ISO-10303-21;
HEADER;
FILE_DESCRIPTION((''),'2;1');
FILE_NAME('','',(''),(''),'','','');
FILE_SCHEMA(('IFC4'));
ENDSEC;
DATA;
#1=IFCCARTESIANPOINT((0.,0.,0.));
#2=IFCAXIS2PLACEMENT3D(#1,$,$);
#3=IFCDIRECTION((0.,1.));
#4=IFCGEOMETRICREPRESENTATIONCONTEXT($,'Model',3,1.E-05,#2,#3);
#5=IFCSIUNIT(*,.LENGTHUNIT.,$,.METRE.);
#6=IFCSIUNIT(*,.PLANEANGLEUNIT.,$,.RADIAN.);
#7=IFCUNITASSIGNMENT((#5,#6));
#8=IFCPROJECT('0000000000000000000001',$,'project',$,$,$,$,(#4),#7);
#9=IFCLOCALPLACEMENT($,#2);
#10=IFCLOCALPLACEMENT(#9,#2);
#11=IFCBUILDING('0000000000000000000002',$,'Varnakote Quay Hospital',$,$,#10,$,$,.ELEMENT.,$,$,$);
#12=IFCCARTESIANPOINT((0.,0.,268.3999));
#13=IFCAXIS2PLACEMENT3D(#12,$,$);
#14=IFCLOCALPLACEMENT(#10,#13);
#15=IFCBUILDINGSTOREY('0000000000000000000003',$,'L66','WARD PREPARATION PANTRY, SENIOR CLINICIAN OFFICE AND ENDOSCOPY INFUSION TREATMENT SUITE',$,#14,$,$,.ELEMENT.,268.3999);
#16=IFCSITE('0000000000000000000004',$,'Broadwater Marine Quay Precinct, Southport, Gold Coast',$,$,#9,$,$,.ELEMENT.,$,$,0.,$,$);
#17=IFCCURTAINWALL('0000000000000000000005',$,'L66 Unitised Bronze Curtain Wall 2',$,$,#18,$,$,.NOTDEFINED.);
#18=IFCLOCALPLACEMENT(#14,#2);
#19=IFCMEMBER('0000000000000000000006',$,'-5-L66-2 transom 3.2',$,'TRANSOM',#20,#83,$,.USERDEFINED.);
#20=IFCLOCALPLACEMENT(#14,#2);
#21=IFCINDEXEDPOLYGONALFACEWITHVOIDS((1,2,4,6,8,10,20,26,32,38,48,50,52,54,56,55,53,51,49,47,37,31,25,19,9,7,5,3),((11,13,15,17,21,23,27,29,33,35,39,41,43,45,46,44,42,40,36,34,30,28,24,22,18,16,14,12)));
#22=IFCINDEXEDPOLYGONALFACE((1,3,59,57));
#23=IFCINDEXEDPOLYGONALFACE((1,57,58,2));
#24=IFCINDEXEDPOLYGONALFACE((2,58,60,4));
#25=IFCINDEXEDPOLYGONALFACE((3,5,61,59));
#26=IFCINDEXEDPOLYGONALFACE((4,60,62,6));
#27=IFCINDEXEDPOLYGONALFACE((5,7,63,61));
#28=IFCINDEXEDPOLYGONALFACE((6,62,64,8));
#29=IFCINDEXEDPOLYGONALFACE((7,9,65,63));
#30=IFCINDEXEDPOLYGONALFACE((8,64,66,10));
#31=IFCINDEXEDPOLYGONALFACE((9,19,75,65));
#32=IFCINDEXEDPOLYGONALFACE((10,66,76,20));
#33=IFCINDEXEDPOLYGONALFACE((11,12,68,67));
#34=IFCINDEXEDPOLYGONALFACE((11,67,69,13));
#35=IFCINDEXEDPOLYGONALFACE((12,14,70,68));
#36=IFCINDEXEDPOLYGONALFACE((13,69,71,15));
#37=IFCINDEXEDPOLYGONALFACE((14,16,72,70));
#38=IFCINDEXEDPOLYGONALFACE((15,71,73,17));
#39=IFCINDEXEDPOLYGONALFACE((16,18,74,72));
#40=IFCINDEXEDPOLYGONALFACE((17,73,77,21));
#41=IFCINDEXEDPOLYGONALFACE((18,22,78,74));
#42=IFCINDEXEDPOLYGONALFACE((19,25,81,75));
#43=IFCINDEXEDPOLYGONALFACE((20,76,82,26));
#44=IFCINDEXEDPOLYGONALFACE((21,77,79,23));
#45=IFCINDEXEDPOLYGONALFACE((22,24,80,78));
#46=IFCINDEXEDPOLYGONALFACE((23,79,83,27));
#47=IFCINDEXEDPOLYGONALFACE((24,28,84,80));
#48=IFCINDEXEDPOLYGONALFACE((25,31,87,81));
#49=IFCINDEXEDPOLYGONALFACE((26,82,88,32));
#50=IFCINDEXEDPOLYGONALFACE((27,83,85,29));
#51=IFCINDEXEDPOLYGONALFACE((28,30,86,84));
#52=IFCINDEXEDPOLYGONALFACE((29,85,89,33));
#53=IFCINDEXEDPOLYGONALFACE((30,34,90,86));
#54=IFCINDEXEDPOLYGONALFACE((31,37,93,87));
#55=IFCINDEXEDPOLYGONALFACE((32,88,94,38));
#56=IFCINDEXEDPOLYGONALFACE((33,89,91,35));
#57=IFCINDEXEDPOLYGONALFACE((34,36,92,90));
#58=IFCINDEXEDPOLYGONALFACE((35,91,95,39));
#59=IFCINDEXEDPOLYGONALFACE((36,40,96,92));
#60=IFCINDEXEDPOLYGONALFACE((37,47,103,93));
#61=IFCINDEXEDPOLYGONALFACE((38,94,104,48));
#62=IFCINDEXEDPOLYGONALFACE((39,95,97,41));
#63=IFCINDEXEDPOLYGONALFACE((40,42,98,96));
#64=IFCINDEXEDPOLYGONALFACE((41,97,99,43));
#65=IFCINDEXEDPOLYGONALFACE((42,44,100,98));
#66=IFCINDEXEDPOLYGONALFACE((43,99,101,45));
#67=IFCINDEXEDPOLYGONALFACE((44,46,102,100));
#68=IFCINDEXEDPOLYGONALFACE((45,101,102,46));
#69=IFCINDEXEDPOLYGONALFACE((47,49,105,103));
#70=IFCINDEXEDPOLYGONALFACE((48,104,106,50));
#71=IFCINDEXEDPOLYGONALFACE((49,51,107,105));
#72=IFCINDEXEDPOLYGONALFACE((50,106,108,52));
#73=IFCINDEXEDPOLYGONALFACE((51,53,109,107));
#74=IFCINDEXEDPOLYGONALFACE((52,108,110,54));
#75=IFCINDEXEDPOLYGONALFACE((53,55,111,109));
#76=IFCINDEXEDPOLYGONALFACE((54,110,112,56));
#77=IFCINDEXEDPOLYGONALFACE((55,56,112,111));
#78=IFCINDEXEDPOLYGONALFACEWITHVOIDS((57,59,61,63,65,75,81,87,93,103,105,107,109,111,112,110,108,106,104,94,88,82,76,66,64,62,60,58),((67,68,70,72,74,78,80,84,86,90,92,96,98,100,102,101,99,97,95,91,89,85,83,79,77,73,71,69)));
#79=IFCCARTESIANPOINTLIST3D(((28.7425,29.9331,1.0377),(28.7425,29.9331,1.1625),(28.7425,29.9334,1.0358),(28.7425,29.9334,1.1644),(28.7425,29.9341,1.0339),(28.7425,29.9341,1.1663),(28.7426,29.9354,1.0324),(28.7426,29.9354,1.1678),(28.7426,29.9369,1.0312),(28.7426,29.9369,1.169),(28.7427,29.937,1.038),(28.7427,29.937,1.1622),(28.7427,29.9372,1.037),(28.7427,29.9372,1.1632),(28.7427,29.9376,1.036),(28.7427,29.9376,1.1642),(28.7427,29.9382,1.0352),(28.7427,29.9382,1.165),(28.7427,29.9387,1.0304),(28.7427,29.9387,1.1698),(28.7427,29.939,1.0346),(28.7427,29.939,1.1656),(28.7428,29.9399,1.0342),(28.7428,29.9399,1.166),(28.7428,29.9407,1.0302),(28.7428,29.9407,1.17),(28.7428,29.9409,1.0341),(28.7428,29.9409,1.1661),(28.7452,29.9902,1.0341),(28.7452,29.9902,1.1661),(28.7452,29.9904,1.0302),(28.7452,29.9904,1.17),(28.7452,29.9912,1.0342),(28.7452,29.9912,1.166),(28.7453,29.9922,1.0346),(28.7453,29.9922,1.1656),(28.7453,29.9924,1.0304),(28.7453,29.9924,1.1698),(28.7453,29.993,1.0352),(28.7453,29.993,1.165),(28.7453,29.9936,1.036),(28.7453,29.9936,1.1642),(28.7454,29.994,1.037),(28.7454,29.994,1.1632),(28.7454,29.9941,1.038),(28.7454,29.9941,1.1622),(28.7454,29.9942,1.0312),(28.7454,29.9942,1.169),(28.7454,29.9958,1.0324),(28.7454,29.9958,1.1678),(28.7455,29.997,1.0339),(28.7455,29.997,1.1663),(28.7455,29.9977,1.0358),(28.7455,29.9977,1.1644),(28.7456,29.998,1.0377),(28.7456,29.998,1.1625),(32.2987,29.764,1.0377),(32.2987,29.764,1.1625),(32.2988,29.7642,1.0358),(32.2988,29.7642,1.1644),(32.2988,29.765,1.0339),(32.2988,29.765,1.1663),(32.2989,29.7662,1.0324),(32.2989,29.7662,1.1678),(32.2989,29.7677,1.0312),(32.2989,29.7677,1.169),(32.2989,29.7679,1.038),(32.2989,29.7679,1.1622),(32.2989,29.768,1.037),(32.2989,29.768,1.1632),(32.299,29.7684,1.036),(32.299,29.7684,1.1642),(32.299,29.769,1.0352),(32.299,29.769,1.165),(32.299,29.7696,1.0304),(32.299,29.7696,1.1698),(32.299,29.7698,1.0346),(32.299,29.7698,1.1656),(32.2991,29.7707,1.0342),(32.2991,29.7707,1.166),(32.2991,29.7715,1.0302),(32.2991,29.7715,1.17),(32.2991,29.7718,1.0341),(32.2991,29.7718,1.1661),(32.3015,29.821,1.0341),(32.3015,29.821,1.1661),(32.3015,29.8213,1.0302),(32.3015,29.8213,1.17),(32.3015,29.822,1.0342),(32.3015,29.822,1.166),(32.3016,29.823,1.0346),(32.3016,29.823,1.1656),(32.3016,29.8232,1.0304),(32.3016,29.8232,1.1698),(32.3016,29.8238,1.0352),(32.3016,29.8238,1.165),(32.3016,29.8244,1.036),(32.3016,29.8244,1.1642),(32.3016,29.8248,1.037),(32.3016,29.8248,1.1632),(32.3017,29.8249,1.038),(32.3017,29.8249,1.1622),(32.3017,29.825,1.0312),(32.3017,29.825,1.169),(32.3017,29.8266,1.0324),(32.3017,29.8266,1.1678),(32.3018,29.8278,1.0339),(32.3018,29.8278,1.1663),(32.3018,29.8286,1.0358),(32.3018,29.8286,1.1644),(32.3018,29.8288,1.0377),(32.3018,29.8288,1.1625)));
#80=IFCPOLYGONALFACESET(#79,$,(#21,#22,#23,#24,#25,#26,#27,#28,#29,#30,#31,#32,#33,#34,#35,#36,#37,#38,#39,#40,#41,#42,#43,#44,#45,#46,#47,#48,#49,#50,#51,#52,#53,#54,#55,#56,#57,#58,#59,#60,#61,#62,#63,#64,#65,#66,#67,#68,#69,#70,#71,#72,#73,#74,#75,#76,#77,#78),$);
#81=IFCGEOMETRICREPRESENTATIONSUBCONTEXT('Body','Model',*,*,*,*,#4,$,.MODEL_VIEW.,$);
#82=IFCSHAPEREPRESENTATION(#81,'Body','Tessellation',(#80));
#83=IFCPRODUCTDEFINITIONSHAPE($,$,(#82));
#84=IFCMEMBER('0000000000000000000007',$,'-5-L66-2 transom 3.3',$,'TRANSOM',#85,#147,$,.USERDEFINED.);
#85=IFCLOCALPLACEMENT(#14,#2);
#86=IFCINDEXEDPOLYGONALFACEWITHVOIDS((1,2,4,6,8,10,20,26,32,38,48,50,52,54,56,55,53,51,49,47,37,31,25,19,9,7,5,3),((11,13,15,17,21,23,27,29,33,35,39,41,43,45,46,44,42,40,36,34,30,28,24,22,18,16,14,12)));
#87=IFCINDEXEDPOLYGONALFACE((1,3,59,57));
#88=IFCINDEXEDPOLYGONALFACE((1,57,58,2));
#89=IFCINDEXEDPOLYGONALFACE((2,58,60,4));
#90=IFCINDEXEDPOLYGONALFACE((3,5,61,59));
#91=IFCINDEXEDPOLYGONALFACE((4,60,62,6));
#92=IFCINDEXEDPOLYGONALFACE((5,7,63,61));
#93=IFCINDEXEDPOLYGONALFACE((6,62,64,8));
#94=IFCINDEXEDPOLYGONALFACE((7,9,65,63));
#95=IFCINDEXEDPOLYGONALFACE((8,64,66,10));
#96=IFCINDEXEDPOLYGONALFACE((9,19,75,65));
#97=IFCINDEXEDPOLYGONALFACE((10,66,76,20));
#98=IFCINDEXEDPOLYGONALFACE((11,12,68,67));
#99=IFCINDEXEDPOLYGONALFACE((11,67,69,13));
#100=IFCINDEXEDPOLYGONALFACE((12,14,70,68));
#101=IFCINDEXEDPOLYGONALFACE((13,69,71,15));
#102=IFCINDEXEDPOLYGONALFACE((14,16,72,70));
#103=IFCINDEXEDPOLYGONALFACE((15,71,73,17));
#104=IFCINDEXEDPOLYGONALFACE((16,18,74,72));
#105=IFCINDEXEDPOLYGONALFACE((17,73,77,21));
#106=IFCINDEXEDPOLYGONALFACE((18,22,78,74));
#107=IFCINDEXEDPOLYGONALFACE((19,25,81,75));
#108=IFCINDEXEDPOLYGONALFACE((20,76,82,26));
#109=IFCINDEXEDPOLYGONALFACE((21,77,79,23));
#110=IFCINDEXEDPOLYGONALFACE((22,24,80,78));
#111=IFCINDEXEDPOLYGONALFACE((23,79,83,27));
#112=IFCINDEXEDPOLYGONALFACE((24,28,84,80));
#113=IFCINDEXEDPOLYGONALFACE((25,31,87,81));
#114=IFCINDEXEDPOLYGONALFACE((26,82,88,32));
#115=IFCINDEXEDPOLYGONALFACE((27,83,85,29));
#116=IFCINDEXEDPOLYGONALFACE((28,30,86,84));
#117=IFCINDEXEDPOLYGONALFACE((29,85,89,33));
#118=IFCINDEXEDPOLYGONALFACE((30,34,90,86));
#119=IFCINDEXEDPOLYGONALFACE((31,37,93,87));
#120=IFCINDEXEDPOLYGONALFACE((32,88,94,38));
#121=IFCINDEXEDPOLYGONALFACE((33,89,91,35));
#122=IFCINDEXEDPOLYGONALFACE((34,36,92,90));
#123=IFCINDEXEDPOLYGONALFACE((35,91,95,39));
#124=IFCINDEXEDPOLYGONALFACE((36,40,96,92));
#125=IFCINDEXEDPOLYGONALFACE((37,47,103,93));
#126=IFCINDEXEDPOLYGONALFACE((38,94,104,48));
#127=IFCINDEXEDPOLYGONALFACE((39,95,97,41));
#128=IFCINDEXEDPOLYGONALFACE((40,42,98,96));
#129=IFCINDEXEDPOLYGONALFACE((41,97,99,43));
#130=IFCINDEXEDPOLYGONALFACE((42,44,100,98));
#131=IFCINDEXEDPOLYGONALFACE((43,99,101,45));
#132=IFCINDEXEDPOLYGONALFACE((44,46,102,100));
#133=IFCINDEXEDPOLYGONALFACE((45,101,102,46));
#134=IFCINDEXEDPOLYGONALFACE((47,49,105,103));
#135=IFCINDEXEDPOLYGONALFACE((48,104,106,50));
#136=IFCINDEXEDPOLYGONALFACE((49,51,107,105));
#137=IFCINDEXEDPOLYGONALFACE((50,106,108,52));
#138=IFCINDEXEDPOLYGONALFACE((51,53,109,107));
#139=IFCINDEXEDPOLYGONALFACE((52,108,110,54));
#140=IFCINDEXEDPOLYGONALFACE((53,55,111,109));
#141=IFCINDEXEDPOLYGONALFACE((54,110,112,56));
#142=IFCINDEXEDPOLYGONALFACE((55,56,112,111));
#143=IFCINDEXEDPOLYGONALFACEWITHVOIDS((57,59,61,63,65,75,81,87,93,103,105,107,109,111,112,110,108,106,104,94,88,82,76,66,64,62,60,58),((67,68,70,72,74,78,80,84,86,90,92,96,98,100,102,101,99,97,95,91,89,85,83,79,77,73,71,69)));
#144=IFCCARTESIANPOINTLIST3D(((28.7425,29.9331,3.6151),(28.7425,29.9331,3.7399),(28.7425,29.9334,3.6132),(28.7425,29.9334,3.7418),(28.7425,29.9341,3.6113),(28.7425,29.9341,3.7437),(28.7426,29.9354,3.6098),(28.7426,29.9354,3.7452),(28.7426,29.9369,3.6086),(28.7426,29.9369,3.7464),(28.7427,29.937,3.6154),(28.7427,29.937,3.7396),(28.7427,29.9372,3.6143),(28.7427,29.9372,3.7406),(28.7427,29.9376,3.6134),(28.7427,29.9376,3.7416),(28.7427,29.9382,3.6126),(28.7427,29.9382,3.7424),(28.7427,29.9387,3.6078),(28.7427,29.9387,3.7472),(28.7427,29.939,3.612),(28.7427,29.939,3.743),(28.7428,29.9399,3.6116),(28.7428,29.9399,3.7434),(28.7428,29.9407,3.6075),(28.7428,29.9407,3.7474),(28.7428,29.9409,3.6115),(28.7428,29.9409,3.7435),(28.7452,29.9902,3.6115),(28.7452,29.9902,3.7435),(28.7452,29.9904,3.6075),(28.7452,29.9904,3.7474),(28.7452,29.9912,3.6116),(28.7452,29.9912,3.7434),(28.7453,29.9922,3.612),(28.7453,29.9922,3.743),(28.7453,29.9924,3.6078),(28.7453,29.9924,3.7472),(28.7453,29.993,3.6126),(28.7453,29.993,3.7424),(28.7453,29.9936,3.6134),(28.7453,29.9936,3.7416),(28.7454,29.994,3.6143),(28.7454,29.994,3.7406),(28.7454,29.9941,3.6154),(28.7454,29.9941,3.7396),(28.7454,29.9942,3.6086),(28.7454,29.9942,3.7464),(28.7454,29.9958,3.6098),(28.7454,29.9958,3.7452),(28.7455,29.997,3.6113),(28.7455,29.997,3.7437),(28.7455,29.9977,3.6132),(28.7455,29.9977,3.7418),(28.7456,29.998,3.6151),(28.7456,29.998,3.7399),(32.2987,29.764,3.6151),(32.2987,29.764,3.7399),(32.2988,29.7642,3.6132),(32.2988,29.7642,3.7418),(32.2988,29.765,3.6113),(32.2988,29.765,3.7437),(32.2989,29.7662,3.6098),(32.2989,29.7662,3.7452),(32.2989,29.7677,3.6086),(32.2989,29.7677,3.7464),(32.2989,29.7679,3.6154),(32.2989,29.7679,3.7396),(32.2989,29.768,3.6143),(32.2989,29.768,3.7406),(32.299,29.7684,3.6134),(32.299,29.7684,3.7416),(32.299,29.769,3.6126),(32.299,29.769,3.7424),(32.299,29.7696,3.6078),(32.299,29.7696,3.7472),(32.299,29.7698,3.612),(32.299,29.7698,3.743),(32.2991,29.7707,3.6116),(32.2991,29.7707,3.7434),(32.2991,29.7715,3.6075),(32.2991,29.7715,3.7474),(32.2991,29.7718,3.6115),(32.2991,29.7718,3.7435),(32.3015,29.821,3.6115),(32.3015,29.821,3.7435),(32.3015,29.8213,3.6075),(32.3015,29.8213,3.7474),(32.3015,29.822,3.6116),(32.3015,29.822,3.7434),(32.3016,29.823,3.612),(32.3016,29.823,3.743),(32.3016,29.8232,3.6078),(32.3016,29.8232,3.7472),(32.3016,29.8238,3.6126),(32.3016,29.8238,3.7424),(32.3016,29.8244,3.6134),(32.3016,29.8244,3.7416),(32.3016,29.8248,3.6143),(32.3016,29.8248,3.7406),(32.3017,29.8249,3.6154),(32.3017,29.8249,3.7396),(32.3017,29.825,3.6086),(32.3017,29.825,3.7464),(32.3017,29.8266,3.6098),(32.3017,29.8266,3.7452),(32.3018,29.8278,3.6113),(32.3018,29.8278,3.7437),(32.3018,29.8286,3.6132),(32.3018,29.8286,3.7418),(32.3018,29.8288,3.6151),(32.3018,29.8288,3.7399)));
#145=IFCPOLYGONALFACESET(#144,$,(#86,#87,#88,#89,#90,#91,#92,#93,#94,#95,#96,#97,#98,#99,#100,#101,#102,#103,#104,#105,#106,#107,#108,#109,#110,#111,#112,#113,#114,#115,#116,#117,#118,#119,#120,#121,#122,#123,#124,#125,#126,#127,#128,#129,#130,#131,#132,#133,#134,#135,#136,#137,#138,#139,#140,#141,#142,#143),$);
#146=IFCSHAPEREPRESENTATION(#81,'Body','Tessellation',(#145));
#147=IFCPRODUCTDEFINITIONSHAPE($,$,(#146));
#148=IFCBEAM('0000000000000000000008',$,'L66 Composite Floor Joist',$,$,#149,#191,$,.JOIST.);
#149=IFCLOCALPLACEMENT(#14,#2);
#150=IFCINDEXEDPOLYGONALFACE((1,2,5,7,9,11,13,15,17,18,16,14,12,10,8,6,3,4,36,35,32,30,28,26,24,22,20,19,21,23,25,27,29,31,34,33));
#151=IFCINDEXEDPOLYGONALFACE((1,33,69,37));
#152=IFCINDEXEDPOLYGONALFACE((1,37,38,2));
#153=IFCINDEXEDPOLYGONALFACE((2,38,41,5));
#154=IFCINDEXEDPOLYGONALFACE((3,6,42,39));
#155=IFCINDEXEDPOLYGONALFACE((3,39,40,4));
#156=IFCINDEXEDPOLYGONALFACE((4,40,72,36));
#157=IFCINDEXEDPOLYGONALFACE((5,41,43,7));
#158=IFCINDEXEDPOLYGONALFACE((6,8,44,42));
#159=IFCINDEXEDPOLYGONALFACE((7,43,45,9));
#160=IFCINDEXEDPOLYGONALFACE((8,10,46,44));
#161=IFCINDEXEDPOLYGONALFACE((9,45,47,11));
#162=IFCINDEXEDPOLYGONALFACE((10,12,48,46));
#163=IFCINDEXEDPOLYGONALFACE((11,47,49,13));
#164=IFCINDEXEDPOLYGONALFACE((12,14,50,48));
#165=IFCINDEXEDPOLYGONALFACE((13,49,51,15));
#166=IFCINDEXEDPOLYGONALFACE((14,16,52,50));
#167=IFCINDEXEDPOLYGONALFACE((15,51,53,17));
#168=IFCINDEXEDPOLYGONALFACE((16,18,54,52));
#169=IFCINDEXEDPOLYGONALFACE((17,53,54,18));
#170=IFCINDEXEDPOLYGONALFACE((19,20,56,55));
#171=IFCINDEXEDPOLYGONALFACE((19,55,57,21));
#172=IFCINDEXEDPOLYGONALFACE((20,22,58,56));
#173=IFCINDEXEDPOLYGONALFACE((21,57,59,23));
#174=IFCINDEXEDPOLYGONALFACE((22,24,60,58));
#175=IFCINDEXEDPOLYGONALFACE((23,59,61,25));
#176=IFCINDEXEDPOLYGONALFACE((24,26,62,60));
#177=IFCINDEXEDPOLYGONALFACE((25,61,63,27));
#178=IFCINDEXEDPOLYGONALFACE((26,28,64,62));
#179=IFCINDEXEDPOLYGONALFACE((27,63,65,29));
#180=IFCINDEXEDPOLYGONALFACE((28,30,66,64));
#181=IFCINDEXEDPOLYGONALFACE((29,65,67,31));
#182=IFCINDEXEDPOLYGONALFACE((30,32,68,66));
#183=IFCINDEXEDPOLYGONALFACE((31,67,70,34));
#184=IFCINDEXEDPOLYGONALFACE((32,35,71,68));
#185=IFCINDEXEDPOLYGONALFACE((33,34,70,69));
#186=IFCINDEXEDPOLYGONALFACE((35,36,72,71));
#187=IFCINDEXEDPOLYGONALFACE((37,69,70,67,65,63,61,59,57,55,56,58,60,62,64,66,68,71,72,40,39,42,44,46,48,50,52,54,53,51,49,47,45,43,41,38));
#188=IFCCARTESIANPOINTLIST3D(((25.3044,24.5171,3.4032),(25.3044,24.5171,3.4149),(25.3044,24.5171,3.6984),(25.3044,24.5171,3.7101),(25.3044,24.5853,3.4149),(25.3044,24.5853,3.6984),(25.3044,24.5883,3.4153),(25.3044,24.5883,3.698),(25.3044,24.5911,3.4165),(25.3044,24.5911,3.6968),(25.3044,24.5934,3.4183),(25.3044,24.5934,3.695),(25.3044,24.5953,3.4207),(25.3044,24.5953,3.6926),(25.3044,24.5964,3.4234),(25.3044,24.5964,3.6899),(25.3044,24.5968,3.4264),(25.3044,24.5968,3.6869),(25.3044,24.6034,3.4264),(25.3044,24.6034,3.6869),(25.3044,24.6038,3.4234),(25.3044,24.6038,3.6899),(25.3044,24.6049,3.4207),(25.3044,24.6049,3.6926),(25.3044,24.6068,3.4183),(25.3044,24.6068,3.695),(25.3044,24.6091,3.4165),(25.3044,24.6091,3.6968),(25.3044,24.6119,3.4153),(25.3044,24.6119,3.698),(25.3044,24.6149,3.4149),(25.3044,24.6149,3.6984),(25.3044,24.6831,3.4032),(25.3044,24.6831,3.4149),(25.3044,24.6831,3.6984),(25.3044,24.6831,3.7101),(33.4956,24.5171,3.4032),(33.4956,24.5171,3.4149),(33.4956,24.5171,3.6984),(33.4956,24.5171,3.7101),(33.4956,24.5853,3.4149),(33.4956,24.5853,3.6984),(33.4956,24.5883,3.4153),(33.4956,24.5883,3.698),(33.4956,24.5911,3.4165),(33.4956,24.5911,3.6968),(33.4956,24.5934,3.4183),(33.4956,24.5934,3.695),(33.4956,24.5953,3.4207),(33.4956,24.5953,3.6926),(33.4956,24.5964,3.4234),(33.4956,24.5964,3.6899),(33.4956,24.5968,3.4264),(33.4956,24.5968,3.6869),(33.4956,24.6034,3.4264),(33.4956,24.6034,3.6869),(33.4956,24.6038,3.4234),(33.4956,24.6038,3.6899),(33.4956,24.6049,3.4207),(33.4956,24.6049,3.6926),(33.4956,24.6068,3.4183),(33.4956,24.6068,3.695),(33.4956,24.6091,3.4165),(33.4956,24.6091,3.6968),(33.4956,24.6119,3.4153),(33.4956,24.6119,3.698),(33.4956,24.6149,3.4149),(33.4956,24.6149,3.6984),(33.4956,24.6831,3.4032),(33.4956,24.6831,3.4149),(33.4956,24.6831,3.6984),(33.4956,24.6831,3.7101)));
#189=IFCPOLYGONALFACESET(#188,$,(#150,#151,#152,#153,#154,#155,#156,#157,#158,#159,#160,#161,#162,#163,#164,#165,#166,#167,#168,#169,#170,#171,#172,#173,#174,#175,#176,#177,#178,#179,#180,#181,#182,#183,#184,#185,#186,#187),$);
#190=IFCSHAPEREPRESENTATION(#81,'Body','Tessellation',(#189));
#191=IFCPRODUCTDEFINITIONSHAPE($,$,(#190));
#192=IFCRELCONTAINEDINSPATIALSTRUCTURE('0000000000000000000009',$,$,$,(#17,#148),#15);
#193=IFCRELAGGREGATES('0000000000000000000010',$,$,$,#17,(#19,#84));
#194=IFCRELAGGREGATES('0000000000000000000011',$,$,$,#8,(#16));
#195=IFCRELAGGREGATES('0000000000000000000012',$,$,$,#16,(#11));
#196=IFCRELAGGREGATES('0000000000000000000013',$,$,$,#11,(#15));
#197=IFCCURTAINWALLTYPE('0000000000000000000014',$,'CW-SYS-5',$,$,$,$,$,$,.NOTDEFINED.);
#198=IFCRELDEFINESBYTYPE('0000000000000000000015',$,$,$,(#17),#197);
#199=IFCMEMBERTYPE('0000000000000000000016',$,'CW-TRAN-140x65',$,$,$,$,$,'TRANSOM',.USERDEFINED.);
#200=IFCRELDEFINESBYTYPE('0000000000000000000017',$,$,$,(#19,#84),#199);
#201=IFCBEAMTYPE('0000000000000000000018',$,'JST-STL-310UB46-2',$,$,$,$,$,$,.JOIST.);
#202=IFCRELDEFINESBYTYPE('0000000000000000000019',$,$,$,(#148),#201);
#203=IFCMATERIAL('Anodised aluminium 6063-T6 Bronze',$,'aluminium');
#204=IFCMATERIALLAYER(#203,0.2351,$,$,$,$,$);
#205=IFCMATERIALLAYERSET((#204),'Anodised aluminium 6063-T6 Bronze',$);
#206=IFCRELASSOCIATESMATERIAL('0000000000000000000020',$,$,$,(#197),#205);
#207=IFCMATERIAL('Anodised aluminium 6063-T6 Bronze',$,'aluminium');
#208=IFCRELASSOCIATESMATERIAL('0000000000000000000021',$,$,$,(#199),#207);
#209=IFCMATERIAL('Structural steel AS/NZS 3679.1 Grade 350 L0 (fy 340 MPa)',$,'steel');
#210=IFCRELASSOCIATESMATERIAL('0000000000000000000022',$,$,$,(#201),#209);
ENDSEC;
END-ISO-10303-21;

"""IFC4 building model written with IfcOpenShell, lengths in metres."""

from ifc_helpers import new_model, si_unit, direction, frame, origin, origin_2d, place, context, subcontext, project, spatial, hollow_rectangle, i_section, extrude, material, layer, layer_set, material_profile, profile_set, type_object, element, aggregate, save


model = new_model("IFC4")

# Units and contexts
model_context = context("Model", 3, precision=1e-05, world=origin(), true_north=direction((0.0, 1.0)))
body_context = subcontext(model_context, "Body", "Model", "MODEL_VIEW")
ifc_project = project(units=[si_unit("LENGTHUNIT", "METRE"), si_unit("PLANEANGLEUNIT", "RADIAN")], contexts=[model_context])

# Site, building, storey
site_placement = place(None, origin())
site = spatial("IfcSite", under=ifc_project, at=site_placement, Name="Broadwater Marine Quay Precinct, Southport, Gold Coast", CompositionType="ELEMENT", RefElevation=0.0)
building_placement = place(site_placement, origin())
building = spatial("IfcBuilding", under=site, at=building_placement, Name="Varnakote Quay Hospital", CompositionType="ELEMENT")
storey_placement = place(building_placement, frame((0.0, 0.0, 268.3999)))
storey = spatial("IfcBuildingStorey", under=building, at=storey_placement, Name="L66", Description="WARD PREPARATION PANTRY, SENIOR CLINICIAN OFFICE AND ENDOSCOPY INFUSION TREATMENT SUITE", CompositionType="ELEMENT", Elevation=268.3999)

# Curtain wall, members
ifc_material_1 = material(Name="Anodised aluminium 6063-T6 Bronze", Category="aluminium")
ifc_layer_1 = layer(ifc_material_1, 0.2351)
ifc_layer_set_1 = layer_set([ifc_layer_1], Name="Anodised aluminium 6063-T6 Bronze")
curtain_wall_type = type_object("IfcCurtainWallType", Name="CW-SYS-5", PredefinedType="NOTDEFINED", material=ifc_layer_set_1)
curtain_wall_placement = place(storey_placement, origin())
curtain_wall = element("IfcCurtainWall", 1, at=curtain_wall_placement, inside=storey, type_object=curtain_wall_type, Name="L66 Unitised Bronze Curtain Wall 2", PredefinedType="NOTDEFINED")
ifc_material_2 = material(Name="Anodised aluminium 6063-T6 Bronze", Category="aluminium")
ifc_material_profile_1 = material_profile(ifc_material_2, hollow_rectangle(XDim=0.0649, YDim=0.1399, WallThickness=0.0039, InnerFilletRadius=0.0039, OuterFilletRadius=0.0076, at=origin_2d()), Name="CW-TRAN-140x65")
ifc_profile_set_1 = profile_set([ifc_material_profile_1], Name="Anodised aluminium 6063-T6 Bronze")
member_type_1 = type_object("IfcMemberType", Name="CW-TRAN-140x65", ElementType="TRANSOM", PredefinedType="USERDEFINED", material=ifc_profile_set_1)
member_1_placement = place(storey_placement, frame((32.3003, 29.7964, 1.1001), z_axis=(-0.99887, 0.04752, 0.0), x_axis=(-0.04752, -0.99887, 0.0)))
member_1 = element("IfcMember", 2, at=member_1_placement, type_object=member_type_1, Name="-5-L66-2 transom 3.2", ObjectType="TRANSOM", PredefinedType="USERDEFINED", context=body_context, shape_type="SweptSolid", body=[
    extrude(hollow_rectangle(XDim=0.0649, YDim=0.1399, WallThickness=0.0039, InnerFilletRadius=0.0039, OuterFilletRadius=0.0076, at=origin_2d()), origin(), (0.0, 0.0, 1.0), 3.5603),
])
member_2_placement = place(storey_placement, frame((32.3003, 29.7964, 3.6775), z_axis=(-0.99887, 0.04752, 0.0), x_axis=(-0.04752, -0.99887, 0.0)))
member_2 = element("IfcMember", 3, at=member_2_placement, type_object=member_type_1, Name="-5-L66-2 transom 3.3", ObjectType="TRANSOM", PredefinedType="USERDEFINED", context=body_context, shape_type="SweptSolid", body=[
    extrude(hollow_rectangle(XDim=0.0649, YDim=0.1399, WallThickness=0.0039, InnerFilletRadius=0.0039, OuterFilletRadius=0.0076, at=origin_2d()), origin(), (0.0, 0.0, 1.0), 3.5603),
])

# Beam
ifc_material_3 = material(Name="Structural steel AS/NZS 3679.1 Grade 350 L0 (fy 340 MPa)", Category="steel")
ifc_material_profile_2 = material_profile(ifc_material_3, i_section(OverallWidth=0.166, OverallDepth=0.3069, WebThickness=0.0066, FlangeThickness=0.0117, FilletRadius=0.0115, at=origin_2d()), Name="310UB46.2")
ifc_profile_set_2 = profile_set([ifc_material_profile_2], Name="Structural steel AS/NZS 3679.1 Grade 350 L0 (fy 340 MPa)")
beam_type_1 = type_object("IfcBeamType", Name="JST-STL-310UB46-2", PredefinedType="JOIST", material=ifc_profile_set_2)
beam_1_placement = place(storey_placement, frame((25.3044, 24.6001, 3.5566), z_axis=(1.0, 0.0, 0.0), x_axis=(0.0, 1.0, 0.0)))
element("IfcBeam", 4, at=beam_1_placement, inside=storey, type_object=beam_type_1, Name="L66 Composite Floor Joist", PredefinedType="JOIST", context=body_context, shape_type="SweptSolid", body=[
    extrude(i_section(OverallWidth=0.166, OverallDepth=0.3069, WebThickness=0.0066, FlangeThickness=0.0117, FilletRadius=0.0115, at=origin_2d()), origin(), (0.0, 0.0, 1.0), 8.1912),
])

aggregate(curtain_wall, [member_1, member_2])

save(model, "model.ifc")
